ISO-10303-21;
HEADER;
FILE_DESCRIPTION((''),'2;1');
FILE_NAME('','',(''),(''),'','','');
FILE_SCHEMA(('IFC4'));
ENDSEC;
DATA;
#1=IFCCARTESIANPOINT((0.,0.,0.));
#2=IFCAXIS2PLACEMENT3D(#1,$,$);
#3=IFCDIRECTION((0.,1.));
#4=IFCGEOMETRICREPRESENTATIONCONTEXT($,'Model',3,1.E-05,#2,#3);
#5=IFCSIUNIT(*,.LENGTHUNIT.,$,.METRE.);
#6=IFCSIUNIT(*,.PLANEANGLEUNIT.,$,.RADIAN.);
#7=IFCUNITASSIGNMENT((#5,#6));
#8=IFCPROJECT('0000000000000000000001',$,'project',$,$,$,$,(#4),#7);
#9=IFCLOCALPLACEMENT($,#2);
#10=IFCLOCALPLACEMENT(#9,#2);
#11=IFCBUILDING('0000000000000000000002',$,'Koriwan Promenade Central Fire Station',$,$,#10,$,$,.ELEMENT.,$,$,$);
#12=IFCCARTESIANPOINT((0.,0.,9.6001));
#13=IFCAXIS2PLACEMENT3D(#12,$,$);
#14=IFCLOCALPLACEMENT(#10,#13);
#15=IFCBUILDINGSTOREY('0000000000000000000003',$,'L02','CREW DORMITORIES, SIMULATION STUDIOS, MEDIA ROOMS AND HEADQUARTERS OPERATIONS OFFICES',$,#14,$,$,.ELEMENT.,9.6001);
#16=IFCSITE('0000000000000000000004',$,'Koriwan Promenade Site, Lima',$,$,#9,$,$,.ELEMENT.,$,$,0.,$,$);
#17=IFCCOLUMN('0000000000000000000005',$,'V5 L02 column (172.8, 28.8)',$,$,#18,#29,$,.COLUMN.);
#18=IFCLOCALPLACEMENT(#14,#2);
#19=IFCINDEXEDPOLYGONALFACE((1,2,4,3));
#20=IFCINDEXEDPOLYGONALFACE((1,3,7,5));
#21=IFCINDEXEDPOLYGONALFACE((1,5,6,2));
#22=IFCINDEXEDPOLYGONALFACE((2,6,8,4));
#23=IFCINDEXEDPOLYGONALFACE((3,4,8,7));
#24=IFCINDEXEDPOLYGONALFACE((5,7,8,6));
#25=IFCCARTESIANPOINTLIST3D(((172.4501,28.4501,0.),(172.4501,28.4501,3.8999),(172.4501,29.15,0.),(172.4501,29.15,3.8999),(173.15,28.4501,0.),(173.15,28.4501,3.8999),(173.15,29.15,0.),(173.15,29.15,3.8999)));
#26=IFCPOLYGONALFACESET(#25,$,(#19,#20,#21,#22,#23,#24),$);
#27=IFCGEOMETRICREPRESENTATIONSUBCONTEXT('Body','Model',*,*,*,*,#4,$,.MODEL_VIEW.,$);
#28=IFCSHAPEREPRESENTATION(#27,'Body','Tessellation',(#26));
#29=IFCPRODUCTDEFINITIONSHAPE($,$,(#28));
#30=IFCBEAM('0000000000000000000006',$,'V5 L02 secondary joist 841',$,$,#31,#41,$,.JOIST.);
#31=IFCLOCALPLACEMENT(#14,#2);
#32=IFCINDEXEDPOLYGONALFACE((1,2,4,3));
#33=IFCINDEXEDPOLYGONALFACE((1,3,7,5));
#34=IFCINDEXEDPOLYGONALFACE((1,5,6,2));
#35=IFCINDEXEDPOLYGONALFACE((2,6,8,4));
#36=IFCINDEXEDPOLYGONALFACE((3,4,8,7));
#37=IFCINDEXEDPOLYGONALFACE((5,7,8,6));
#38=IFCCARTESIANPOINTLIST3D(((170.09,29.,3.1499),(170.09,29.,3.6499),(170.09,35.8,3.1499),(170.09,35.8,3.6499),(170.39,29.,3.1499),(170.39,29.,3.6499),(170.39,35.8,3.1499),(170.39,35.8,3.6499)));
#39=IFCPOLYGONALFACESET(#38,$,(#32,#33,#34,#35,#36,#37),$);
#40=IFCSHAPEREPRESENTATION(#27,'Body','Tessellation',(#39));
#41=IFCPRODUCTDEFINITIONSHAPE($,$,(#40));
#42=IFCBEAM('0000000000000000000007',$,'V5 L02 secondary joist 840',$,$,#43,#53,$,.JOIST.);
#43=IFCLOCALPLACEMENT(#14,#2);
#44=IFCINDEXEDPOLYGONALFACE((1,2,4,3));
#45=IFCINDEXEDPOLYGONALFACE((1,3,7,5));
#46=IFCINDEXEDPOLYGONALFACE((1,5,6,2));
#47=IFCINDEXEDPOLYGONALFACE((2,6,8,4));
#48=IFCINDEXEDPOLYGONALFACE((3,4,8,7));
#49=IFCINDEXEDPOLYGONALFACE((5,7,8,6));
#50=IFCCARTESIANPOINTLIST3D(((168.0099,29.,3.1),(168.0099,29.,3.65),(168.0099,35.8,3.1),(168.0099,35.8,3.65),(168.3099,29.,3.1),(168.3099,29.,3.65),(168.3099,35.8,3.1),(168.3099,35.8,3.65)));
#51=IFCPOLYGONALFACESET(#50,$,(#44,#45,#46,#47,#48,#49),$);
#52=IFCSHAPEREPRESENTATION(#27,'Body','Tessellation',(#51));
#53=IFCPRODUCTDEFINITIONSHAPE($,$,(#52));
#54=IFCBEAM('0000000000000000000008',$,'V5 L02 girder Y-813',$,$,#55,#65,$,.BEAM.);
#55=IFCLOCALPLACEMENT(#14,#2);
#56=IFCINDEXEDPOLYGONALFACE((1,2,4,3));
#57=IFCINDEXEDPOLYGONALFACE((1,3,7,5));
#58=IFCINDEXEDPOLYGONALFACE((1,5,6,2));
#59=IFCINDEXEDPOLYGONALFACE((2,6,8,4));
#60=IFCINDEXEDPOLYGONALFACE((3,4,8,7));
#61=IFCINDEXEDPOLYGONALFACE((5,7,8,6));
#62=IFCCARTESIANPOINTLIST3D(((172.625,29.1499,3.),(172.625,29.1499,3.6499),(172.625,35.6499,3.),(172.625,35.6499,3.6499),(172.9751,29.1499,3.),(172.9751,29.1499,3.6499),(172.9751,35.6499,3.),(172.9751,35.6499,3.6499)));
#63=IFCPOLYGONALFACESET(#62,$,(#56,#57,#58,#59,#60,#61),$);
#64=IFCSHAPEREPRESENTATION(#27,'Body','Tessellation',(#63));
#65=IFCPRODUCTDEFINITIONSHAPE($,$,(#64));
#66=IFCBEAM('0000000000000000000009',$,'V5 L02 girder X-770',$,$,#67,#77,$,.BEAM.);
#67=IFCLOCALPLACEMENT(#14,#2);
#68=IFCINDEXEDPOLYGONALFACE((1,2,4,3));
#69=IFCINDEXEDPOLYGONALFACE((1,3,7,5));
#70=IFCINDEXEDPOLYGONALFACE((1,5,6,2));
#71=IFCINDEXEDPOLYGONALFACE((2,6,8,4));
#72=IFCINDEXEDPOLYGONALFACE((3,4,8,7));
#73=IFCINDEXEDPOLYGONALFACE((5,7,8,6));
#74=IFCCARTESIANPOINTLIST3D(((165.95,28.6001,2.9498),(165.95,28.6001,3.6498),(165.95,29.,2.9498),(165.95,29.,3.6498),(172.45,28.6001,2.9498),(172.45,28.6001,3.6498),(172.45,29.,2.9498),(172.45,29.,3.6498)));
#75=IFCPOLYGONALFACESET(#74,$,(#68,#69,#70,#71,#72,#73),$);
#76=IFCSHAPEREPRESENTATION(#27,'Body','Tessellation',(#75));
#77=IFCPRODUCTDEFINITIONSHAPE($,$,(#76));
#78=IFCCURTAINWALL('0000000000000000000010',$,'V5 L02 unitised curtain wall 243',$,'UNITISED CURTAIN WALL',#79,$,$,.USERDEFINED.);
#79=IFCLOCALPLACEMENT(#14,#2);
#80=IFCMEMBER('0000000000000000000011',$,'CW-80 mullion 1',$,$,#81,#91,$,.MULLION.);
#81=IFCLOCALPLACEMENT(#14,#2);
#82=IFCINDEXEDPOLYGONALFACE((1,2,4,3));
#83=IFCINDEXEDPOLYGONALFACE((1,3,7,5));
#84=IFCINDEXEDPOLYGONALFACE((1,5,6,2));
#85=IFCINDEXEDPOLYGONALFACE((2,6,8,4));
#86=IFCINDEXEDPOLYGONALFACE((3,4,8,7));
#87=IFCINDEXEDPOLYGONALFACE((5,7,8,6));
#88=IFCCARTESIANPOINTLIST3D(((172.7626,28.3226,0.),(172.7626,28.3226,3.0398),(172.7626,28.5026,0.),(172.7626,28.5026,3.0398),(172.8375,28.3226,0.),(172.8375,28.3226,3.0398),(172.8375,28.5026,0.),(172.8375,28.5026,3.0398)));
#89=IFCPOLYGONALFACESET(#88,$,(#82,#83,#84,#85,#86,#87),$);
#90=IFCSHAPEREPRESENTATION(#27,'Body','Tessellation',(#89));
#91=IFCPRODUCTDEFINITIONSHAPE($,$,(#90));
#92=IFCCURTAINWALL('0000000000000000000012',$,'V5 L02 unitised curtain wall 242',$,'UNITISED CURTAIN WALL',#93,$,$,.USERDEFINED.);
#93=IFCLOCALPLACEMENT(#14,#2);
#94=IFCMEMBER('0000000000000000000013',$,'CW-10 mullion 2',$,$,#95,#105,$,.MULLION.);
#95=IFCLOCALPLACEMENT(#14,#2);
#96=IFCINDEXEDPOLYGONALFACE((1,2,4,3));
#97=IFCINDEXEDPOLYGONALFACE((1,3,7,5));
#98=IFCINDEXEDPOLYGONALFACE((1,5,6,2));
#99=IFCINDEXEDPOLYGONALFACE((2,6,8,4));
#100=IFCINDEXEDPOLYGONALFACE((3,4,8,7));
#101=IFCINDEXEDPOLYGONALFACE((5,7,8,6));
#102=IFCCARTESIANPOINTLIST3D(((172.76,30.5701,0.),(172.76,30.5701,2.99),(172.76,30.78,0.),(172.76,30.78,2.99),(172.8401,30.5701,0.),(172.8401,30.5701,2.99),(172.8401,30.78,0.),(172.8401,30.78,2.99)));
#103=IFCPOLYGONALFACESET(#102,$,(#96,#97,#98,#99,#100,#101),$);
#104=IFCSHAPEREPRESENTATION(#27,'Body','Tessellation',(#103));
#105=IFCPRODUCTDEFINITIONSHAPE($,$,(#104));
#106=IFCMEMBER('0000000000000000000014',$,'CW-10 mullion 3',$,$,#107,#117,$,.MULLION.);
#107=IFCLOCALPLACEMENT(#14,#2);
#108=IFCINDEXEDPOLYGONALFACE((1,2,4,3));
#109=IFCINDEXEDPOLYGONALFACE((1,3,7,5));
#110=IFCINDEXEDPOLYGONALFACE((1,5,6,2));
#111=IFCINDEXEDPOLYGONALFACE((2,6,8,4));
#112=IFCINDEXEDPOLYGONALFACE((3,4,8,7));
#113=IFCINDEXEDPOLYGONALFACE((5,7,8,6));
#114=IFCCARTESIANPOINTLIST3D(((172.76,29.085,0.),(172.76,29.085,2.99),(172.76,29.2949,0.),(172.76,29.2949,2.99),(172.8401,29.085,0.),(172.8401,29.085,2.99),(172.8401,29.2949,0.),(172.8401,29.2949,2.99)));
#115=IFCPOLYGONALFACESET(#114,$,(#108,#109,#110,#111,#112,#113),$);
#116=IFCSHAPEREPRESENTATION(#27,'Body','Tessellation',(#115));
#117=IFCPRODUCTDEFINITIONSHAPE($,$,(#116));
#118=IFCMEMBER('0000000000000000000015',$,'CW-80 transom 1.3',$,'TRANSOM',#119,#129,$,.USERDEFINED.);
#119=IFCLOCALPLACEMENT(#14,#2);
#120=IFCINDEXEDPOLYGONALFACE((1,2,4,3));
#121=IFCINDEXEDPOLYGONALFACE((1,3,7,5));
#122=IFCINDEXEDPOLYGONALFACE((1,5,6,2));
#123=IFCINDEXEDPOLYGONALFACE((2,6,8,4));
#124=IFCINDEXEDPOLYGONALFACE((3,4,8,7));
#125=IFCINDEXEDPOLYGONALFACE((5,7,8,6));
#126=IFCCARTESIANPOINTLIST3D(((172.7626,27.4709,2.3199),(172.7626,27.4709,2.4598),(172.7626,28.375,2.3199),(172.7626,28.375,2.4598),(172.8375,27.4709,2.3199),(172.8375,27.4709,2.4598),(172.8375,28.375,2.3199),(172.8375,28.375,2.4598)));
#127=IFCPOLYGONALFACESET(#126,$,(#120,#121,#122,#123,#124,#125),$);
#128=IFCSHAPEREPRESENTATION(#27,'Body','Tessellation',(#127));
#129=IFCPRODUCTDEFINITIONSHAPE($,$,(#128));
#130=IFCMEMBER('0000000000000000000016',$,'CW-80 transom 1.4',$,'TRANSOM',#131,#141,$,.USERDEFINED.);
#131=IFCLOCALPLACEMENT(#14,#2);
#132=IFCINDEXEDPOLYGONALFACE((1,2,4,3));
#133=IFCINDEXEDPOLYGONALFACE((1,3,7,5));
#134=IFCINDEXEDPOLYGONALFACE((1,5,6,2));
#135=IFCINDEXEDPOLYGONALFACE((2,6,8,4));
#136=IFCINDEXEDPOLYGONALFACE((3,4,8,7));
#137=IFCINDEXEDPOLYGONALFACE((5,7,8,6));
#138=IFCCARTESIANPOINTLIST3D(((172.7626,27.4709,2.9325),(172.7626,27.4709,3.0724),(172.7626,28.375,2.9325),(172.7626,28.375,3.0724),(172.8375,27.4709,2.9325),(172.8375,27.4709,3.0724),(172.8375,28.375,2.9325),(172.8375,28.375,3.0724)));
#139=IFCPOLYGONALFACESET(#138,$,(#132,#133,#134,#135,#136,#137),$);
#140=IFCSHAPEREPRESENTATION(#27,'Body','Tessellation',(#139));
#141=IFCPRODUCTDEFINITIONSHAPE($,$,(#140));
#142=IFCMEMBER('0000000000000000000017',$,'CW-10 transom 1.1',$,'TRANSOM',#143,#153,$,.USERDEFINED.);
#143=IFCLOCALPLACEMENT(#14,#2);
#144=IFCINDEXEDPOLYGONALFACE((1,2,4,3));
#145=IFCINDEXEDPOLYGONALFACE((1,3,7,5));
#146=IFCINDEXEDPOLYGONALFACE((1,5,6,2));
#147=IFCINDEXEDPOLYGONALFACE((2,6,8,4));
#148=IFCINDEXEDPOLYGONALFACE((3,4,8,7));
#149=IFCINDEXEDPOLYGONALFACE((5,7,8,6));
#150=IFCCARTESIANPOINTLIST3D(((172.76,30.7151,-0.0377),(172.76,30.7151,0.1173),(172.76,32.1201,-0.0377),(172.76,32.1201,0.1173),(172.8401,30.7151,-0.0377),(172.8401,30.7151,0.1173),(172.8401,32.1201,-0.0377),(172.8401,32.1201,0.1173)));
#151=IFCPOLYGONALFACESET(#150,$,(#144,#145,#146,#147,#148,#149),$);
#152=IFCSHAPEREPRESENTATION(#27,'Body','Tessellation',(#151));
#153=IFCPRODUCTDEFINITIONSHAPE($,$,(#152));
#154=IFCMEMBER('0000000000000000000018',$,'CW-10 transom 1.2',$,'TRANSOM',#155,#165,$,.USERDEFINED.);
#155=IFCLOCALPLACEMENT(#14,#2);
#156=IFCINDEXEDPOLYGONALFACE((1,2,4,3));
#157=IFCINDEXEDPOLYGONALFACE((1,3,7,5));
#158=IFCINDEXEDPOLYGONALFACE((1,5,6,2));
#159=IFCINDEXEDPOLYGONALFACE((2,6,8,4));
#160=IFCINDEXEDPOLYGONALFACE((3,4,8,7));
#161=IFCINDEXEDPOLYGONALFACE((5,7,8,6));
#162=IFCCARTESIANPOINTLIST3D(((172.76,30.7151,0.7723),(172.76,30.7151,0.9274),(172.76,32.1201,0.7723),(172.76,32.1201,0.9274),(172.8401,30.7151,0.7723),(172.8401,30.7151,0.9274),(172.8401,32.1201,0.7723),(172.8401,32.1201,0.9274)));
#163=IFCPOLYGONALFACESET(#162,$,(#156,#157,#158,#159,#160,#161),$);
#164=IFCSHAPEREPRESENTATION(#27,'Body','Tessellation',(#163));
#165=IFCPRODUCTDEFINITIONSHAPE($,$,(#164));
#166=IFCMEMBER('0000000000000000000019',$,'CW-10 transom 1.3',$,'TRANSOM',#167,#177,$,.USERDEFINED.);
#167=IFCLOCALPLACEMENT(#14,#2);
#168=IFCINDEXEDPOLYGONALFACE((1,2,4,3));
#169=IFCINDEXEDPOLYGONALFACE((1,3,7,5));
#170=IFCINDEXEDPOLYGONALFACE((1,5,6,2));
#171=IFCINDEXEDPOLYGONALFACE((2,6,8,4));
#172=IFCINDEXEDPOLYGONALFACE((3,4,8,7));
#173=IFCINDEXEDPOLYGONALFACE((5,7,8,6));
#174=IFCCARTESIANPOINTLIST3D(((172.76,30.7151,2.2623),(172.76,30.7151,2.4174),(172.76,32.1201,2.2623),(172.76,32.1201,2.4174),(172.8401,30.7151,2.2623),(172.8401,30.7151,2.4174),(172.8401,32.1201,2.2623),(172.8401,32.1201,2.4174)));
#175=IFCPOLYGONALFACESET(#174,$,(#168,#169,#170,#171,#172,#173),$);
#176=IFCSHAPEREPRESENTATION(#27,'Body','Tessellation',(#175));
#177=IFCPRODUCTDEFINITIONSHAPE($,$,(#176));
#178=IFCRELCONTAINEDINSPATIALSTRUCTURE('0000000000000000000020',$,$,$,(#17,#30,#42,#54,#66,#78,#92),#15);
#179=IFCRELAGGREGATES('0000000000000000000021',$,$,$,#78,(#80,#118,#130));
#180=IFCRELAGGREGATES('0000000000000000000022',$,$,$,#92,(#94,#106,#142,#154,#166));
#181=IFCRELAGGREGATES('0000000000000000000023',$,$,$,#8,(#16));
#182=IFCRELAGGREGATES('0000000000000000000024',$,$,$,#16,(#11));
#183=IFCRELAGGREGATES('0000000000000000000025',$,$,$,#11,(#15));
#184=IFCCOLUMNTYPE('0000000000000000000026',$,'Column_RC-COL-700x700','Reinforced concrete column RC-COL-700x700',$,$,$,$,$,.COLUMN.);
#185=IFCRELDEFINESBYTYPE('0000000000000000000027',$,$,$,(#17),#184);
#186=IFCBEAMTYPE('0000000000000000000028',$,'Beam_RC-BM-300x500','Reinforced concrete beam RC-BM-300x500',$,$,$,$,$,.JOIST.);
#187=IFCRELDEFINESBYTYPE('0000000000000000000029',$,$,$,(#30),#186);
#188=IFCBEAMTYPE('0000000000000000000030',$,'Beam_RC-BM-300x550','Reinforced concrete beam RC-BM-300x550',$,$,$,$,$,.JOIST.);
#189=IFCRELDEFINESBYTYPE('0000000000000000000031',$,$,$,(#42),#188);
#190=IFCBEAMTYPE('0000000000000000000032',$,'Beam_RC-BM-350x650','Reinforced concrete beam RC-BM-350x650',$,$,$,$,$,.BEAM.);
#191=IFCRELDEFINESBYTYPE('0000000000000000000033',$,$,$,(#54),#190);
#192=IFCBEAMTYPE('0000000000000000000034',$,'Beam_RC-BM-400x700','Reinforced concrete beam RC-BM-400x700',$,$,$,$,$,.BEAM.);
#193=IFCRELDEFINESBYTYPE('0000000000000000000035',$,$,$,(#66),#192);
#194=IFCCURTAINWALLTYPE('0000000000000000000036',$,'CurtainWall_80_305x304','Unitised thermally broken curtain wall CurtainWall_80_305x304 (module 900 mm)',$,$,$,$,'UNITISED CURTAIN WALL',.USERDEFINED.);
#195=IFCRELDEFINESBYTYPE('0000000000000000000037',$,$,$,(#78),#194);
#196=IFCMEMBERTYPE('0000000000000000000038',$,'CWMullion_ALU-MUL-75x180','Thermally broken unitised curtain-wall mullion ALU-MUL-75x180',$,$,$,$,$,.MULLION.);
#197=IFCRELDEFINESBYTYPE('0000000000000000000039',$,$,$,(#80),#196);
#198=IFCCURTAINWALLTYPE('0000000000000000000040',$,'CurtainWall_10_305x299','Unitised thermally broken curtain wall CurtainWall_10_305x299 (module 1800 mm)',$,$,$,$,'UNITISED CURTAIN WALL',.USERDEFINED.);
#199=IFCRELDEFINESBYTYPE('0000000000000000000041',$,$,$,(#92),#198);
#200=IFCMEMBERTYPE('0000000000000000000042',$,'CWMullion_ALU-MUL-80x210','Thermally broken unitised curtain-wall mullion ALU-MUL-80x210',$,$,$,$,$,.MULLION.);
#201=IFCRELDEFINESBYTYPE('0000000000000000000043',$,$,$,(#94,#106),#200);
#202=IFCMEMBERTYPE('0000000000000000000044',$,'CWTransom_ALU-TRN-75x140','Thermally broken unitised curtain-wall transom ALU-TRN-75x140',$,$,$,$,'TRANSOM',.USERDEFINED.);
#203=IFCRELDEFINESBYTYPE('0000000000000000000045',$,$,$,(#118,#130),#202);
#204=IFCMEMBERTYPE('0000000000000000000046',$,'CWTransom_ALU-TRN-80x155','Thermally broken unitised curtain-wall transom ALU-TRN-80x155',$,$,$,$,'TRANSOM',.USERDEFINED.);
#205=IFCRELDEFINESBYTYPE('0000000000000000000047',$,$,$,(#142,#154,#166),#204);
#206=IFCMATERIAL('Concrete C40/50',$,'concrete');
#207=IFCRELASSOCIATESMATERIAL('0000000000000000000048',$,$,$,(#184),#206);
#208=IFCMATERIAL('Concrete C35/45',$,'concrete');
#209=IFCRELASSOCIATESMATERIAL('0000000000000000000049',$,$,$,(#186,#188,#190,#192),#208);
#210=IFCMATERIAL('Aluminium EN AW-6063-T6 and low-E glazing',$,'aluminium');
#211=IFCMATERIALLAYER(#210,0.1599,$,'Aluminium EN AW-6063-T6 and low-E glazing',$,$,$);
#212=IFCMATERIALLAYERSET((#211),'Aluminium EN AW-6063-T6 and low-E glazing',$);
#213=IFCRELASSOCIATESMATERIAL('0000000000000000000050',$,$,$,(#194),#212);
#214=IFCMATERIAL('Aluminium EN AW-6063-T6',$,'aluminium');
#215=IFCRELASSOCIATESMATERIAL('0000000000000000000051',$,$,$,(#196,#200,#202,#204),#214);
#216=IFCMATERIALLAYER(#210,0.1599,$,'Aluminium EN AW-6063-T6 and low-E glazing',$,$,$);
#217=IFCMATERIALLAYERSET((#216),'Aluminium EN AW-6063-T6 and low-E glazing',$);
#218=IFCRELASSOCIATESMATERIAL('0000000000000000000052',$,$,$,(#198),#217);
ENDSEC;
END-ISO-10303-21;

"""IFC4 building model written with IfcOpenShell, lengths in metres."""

from ifc_helpers import new_model, si_unit, direction, frame, origin, origin_2d, place, context, subcontext, project, spatial, rectangle, extrude, material, layer, layer_set, material_profile, profile_set, type_object, element, aggregate, save


model = new_model("IFC4")

# Units and contexts
model_context = context("Model", 3, precision=1e-05, world=origin(), true_north=direction((0.0, 1.0)))
body_context = subcontext(model_context, "Body", "Model", "MODEL_VIEW")
ifc_project = project(units=[si_unit("LENGTHUNIT", "METRE"), si_unit("PLANEANGLEUNIT", "RADIAN")], contexts=[model_context])

# Site, building, storey
site_placement = place(None, origin())
site = spatial("IfcSite", under=ifc_project, at=site_placement, Name="Koriwan Promenade Site, Lima", CompositionType="ELEMENT", RefElevation=0.0)
building_placement = place(site_placement, origin())
building = spatial("IfcBuilding", under=site, at=building_placement, Name="Koriwan Promenade Central Fire Station", CompositionType="ELEMENT")
storey_placement = place(building_placement, frame((0.0, 0.0, 9.6001)))
storey = spatial("IfcBuildingStorey", under=building, at=storey_placement, Name="L02", Description="CREW DORMITORIES, SIMULATION STUDIOS, MEDIA ROOMS AND HEADQUARTERS OPERATIONS OFFICES", CompositionType="ELEMENT", Elevation=9.6001)

# Column
ifc_material_1 = material(Name="Concrete C40/50", Category="concrete")
ifc_material_profile_1 = material_profile(ifc_material_1, rectangle(XDim=0.7, YDim=0.7, at=origin_2d()), Name="RC-COL-700x700")
ifc_profile_set_1 = profile_set([ifc_material_profile_1], Name="Concrete C40/50")
column_type = type_object("IfcColumnType", Name="Column_RC-COL-700x700", Description="Reinforced concrete column RC-COL-700x700", PredefinedType="COLUMN", material=ifc_profile_set_1)
column_placement = place(storey_placement, frame((172.8, 28.8, 0.0), z_axis=(0.0, 0.0, 1.0), x_axis=(1.0, 0.0, 0.0)))
element("IfcColumn", 1, at=column_placement, inside=storey, type_object=column_type, Name="V5 L02 column (172.8, 28.8)", PredefinedType="COLUMN", context=body_context, shape_type="SweptSolid", body=[
    extrude(rectangle(XDim=0.7, YDim=0.7, at=origin_2d()), origin(), (0.0, 0.0, 1.0), 3.8999),
])

# Beams
ifc_material_2 = material(Name="Concrete C35/45", Category="concrete")
ifc_material_profile_2 = material_profile(ifc_material_2, rectangle(XDim=0.3, YDim=0.5, at=origin_2d()), Name="RC-BM-300x500")
ifc_profile_set_2 = profile_set([ifc_material_profile_2], Name="Concrete C35/45")
beam_type_1 = type_object("IfcBeamType", Name="Beam_RC-BM-300x500", Description="Reinforced concrete beam RC-BM-300x500", PredefinedType="JOIST", material=ifc_profile_set_2)
beam_1_placement = place(storey_placement, frame((170.24, 29.0, 3.3999), z_axis=(0.0, 1.0, 0.0), x_axis=(-1.0, 0.0, 0.0)))
element("IfcBeam", 2, at=beam_1_placement, inside=storey, type_object=beam_type_1, Name="V5 L02 secondary joist 841", PredefinedType="JOIST", context=body_context, shape_type="SweptSolid", body=[
    extrude(rectangle(XDim=0.3, YDim=0.5, at=origin_2d()), origin(), (0.0, 0.0, 1.0), 6.8),
])
ifc_material_profile_3 = material_profile(ifc_material_2, rectangle(XDim=0.3, YDim=0.55, at=origin_2d()), Name="RC-BM-300x550")
ifc_profile_set_3 = profile_set([ifc_material_profile_3], Name="Concrete C35/45")
beam_type_2 = type_object("IfcBeamType", Name="Beam_RC-BM-300x550", Description="Reinforced concrete beam RC-BM-300x550", PredefinedType="JOIST", material=ifc_profile_set_3)
beam_2_placement = place(storey_placement, frame((168.1599, 29.0, 3.375), z_axis=(0.0, 1.0, 0.0), x_axis=(-1.0, 0.0, 0.0)))
element("IfcBeam", 3, at=beam_2_placement, inside=storey, type_object=beam_type_2, Name="V5 L02 secondary joist 840", PredefinedType="JOIST", context=body_context, shape_type="SweptSolid", body=[
    extrude(rectangle(XDim=0.3, YDim=0.55, at=origin_2d()), origin(), (0.0, 0.0, 1.0), 6.8),
])
ifc_material_profile_4 = material_profile(ifc_material_2, rectangle(XDim=0.3501, YDim=0.6499, at=origin_2d()), Name="RC-BM-350x650")
ifc_profile_set_4 = profile_set([ifc_material_profile_4], Name="Concrete C35/45")
beam_type_3 = type_object("IfcBeamType", Name="Beam_RC-BM-350x650", Description="Reinforced concrete beam RC-BM-350x650", PredefinedType="BEAM", material=ifc_profile_set_4)
beam_3_placement = place(storey_placement, frame((172.8, 29.1499, 3.325), z_axis=(0.0, 1.0, 0.0), x_axis=(-1.0, 0.0, 0.0)))
element("IfcBeam", 4, at=beam_3_placement, inside=storey, type_object=beam_type_3, Name="V5 L02 girder Y-813", PredefinedType="BEAM", context=body_context, shape_type="SweptSolid", body=[
    extrude(rectangle(XDim=0.3501, YDim=0.6499, at=origin_2d()), origin(), (0.0, 0.0, 1.0), 6.5),
])
ifc_material_profile_5 = material_profile(ifc_material_2, rectangle(XDim=0.3999, YDim=0.7, at=origin_2d()), Name="RC-BM-400x700")
ifc_profile_set_5 = profile_set([ifc_material_profile_5], Name="Concrete C35/45")
beam_type_4 = type_object("IfcBeamType", Name="Beam_RC-BM-400x700", Description="Reinforced concrete beam RC-BM-400x700", PredefinedType="BEAM", material=ifc_profile_set_5)
beam_4_placement = place(storey_placement, frame((165.95, 28.8, 3.2998), z_axis=(1.0, 0.0, 0.0), x_axis=(0.0, 1.0, 0.0)))
element("IfcBeam", 5, at=beam_4_placement, inside=storey, type_object=beam_type_4, Name="V5 L02 girder X-770", PredefinedType="BEAM", context=body_context, shape_type="SweptSolid", body=[
    extrude(rectangle(XDim=0.3999, YDim=0.7, at=origin_2d()), origin(), (0.0, 0.0, 1.0), 6.5),
])

# Curtain wall, member
ifc_material_3 = material(Name="Aluminium EN AW-6063-T6 and low-E glazing", Category="aluminium")
ifc_layer_1 = layer(ifc_material_3, 0.1599, Name="Aluminium EN AW-6063-T6 and low-E glazing")
ifc_layer_set_1 = layer_set([ifc_layer_1], Name="Aluminium EN AW-6063-T6 and low-E glazing")
curtain_wall_type_1 = type_object("IfcCurtainWallType", Name="CurtainWall_80_305x304", Description="Unitised thermally broken curtain wall CurtainWall_80_305x304 (module 900 mm)", ElementType="UNITISED CURTAIN WALL", PredefinedType="USERDEFINED", material=ifc_layer_set_1)
curtain_wall_1_placement = place(storey_placement, origin())
curtain_wall_1 = element("IfcCurtainWall", 6, at=curtain_wall_1_placement, inside=storey, type_object=curtain_wall_type_1, Name="V5 L02 unitised curtain wall 243", ObjectType="UNITISED CURTAIN WALL", PredefinedType="USERDEFINED")
ifc_material_4 = material(Name="Aluminium EN AW-6063-T6", Category="aluminium")
ifc_material_profile_6 = material_profile(ifc_material_4, rectangle(XDim=0.075, YDim=0.1799, at=origin_2d()), Name="ALU-MUL-75x180")
ifc_profile_set_6 = profile_set([ifc_material_profile_6], Name="Aluminium EN AW-6063-T6")
member_type_1 = type_object("IfcMemberType", Name="CWMullion_ALU-MUL-75x180", Description="Thermally broken unitised curtain-wall mullion ALU-MUL-75x180", PredefinedType="MULLION", material=ifc_profile_set_6)
member_1_placement = place(storey_placement, frame((172.8, 28.4126, 0.0), z_axis=(0.0, 0.0, 1.0), x_axis=(1.0, 0.0, 0.0)))
member_1 = element("IfcMember", 7, at=member_1_placement, type_object=member_type_1, Name="CW-80 mullion 1", PredefinedType="MULLION", context=body_context, shape_type="SweptSolid", body=[
    extrude(rectangle(XDim=0.075, YDim=0.1799, at=origin_2d()), origin(), (0.0, 0.0, 1.0), 3.0398),
])

# Curtain wall, members
ifc_layer_2 = layer(ifc_material_3, 0.1599, Name="Aluminium EN AW-6063-T6 and low-E glazing")
ifc_layer_set_2 = layer_set([ifc_layer_2], Name="Aluminium EN AW-6063-T6 and low-E glazing")
curtain_wall_type_2 = type_object("IfcCurtainWallType", Name="CurtainWall_10_305x299", Description="Unitised thermally broken curtain wall CurtainWall_10_305x299 (module 1800 mm)", ElementType="UNITISED CURTAIN WALL", PredefinedType="USERDEFINED", material=ifc_layer_set_2)
curtain_wall_2_placement = place(storey_placement, origin())
curtain_wall_2 = element("IfcCurtainWall", 8, at=curtain_wall_2_placement, inside=storey, type_object=curtain_wall_type_2, Name="V5 L02 unitised curtain wall 242", ObjectType="UNITISED CURTAIN WALL", PredefinedType="USERDEFINED")
ifc_material_profile_7 = material_profile(ifc_material_4, rectangle(XDim=0.0801, YDim=0.21, at=origin_2d()), Name="ALU-MUL-80x210")
ifc_profile_set_7 = profile_set([ifc_material_profile_7], Name="Aluminium EN AW-6063-T6")
member_type_2 = type_object("IfcMemberType", Name="CWMullion_ALU-MUL-80x210", Description="Thermally broken unitised curtain-wall mullion ALU-MUL-80x210", PredefinedType="MULLION", material=ifc_profile_set_7)
member_2_placement = place(storey_placement, frame((172.8, 30.675, 0.0), z_axis=(0.0, 0.0, 1.0), x_axis=(1.0, 0.0, 0.0)))
member_2 = element("IfcMember", 9, at=member_2_placement, type_object=member_type_2, Name="CW-10 mullion 2", PredefinedType="MULLION", context=body_context, shape_type="SweptSolid", body=[
    extrude(rectangle(XDim=0.0801, YDim=0.21, at=origin_2d()), origin(), (0.0, 0.0, 1.0), 2.99),
])
member_3_placement = place(storey_placement, frame((172.8, 29.1899, 0.0), z_axis=(0.0, 0.0, 1.0), x_axis=(1.0, 0.0, 0.0)))
member_3 = element("IfcMember", 10, at=member_3_placement, type_object=member_type_2, Name="CW-10 mullion 3", PredefinedType="MULLION", context=body_context, shape_type="SweptSolid", body=[
    extrude(rectangle(XDim=0.0801, YDim=0.21, at=origin_2d()), origin(), (0.0, 0.0, 1.0), 2.99),
])

# Members
ifc_material_profile_8 = material_profile(ifc_material_4, rectangle(XDim=0.075, YDim=0.1399, at=origin_2d()), Name="ALU-TRN-75x140")
ifc_profile_set_8 = profile_set([ifc_material_profile_8], Name="Aluminium EN AW-6063-T6")
member_type_3 = type_object("IfcMemberType", Name="CWTransom_ALU-TRN-75x140", Description="Thermally broken unitised curtain-wall transom ALU-TRN-75x140", ElementType="TRANSOM", PredefinedType="USERDEFINED", material=ifc_profile_set_8)
member_4_placement = place(storey_placement, frame((172.8, 28.375, 2.3899), z_axis=(0.0, -1.0, 0.0), x_axis=(1.0, 0.0, 0.0)))
member_4 = element("IfcMember", 11, at=member_4_placement, type_object=member_type_3, Name="CW-80 transom 1.3", ObjectType="TRANSOM", PredefinedType="USERDEFINED", context=body_context, shape_type="SweptSolid", body=[
    extrude(rectangle(XDim=0.075, YDim=0.1399, at=origin_2d()), origin(), (0.0, 0.0, 1.0), 0.9041),
])
member_5_placement = place(storey_placement, frame((172.8, 28.375, 3.0024), z_axis=(0.0, -1.0, 0.0), x_axis=(1.0, 0.0, 0.0)))
member_5 = element("IfcMember", 12, at=member_5_placement, type_object=member_type_3, Name="CW-80 transom 1.4", ObjectType="TRANSOM", PredefinedType="USERDEFINED", context=body_context, shape_type="SweptSolid", body=[
    extrude(rectangle(XDim=0.075, YDim=0.1399, at=origin_2d()), origin(), (0.0, 0.0, 1.0), 0.9041),
])
aggregate(curtain_wall_1, [member_1, member_4, member_5])
ifc_material_profile_9 = material_profile(ifc_material_4, rectangle(XDim=0.0801, YDim=0.155, at=origin_2d()), Name="ALU-TRN-80x155")
ifc_profile_set_9 = profile_set([ifc_material_profile_9], Name="Aluminium EN AW-6063-T6")
member_type_4 = type_object("IfcMemberType", Name="CWTransom_ALU-TRN-80x155", Description="Thermally broken unitised curtain-wall transom ALU-TRN-80x155", ElementType="TRANSOM", PredefinedType="USERDEFINED", material=ifc_profile_set_9)
member_6_placement = place(storey_placement, frame((172.8, 32.1201, 0.0398), z_axis=(0.0, -1.0, 0.0), x_axis=(1.0, 0.0, 0.0)))
member_6 = element("IfcMember", 13, at=member_6_placement, type_object=member_type_4, Name="CW-10 transom 1.1", ObjectType="TRANSOM", PredefinedType="USERDEFINED", context=body_context, shape_type="SweptSolid", body=[
    extrude(rectangle(XDim=0.0801, YDim=0.155, at=origin_2d()), origin(), (0.0, 0.0, 1.0), 1.405),
])
member_7_placement = place(storey_placement, frame((172.8, 32.1201, 0.8499), z_axis=(0.0, -1.0, 0.0), x_axis=(1.0, 0.0, 0.0)))
member_7 = element("IfcMember", 14, at=member_7_placement, type_object=member_type_4, Name="CW-10 transom 1.2", ObjectType="TRANSOM", PredefinedType="USERDEFINED", context=body_context, shape_type="SweptSolid", body=[
    extrude(rectangle(XDim=0.0801, YDim=0.155, at=origin_2d()), origin(), (0.0, 0.0, 1.0), 1.405),
])
member_8_placement = place(storey_placement, frame((172.8, 32.1201, 2.3398), z_axis=(0.0, -1.0, 0.0), x_axis=(1.0, 0.0, 0.0)))
member_8 = element("IfcMember", 15, at=member_8_placement, type_object=member_type_4, Name="CW-10 transom 1.3", ObjectType="TRANSOM", PredefinedType="USERDEFINED", context=body_context, shape_type="SweptSolid", body=[
    extrude(rectangle(XDim=0.0801, YDim=0.155, at=origin_2d()), origin(), (0.0, 0.0, 1.0), 1.405),
])

aggregate(curtain_wall_2, [member_2, member_3, member_6, member_7, member_8])

save(model, "model.ifc")
